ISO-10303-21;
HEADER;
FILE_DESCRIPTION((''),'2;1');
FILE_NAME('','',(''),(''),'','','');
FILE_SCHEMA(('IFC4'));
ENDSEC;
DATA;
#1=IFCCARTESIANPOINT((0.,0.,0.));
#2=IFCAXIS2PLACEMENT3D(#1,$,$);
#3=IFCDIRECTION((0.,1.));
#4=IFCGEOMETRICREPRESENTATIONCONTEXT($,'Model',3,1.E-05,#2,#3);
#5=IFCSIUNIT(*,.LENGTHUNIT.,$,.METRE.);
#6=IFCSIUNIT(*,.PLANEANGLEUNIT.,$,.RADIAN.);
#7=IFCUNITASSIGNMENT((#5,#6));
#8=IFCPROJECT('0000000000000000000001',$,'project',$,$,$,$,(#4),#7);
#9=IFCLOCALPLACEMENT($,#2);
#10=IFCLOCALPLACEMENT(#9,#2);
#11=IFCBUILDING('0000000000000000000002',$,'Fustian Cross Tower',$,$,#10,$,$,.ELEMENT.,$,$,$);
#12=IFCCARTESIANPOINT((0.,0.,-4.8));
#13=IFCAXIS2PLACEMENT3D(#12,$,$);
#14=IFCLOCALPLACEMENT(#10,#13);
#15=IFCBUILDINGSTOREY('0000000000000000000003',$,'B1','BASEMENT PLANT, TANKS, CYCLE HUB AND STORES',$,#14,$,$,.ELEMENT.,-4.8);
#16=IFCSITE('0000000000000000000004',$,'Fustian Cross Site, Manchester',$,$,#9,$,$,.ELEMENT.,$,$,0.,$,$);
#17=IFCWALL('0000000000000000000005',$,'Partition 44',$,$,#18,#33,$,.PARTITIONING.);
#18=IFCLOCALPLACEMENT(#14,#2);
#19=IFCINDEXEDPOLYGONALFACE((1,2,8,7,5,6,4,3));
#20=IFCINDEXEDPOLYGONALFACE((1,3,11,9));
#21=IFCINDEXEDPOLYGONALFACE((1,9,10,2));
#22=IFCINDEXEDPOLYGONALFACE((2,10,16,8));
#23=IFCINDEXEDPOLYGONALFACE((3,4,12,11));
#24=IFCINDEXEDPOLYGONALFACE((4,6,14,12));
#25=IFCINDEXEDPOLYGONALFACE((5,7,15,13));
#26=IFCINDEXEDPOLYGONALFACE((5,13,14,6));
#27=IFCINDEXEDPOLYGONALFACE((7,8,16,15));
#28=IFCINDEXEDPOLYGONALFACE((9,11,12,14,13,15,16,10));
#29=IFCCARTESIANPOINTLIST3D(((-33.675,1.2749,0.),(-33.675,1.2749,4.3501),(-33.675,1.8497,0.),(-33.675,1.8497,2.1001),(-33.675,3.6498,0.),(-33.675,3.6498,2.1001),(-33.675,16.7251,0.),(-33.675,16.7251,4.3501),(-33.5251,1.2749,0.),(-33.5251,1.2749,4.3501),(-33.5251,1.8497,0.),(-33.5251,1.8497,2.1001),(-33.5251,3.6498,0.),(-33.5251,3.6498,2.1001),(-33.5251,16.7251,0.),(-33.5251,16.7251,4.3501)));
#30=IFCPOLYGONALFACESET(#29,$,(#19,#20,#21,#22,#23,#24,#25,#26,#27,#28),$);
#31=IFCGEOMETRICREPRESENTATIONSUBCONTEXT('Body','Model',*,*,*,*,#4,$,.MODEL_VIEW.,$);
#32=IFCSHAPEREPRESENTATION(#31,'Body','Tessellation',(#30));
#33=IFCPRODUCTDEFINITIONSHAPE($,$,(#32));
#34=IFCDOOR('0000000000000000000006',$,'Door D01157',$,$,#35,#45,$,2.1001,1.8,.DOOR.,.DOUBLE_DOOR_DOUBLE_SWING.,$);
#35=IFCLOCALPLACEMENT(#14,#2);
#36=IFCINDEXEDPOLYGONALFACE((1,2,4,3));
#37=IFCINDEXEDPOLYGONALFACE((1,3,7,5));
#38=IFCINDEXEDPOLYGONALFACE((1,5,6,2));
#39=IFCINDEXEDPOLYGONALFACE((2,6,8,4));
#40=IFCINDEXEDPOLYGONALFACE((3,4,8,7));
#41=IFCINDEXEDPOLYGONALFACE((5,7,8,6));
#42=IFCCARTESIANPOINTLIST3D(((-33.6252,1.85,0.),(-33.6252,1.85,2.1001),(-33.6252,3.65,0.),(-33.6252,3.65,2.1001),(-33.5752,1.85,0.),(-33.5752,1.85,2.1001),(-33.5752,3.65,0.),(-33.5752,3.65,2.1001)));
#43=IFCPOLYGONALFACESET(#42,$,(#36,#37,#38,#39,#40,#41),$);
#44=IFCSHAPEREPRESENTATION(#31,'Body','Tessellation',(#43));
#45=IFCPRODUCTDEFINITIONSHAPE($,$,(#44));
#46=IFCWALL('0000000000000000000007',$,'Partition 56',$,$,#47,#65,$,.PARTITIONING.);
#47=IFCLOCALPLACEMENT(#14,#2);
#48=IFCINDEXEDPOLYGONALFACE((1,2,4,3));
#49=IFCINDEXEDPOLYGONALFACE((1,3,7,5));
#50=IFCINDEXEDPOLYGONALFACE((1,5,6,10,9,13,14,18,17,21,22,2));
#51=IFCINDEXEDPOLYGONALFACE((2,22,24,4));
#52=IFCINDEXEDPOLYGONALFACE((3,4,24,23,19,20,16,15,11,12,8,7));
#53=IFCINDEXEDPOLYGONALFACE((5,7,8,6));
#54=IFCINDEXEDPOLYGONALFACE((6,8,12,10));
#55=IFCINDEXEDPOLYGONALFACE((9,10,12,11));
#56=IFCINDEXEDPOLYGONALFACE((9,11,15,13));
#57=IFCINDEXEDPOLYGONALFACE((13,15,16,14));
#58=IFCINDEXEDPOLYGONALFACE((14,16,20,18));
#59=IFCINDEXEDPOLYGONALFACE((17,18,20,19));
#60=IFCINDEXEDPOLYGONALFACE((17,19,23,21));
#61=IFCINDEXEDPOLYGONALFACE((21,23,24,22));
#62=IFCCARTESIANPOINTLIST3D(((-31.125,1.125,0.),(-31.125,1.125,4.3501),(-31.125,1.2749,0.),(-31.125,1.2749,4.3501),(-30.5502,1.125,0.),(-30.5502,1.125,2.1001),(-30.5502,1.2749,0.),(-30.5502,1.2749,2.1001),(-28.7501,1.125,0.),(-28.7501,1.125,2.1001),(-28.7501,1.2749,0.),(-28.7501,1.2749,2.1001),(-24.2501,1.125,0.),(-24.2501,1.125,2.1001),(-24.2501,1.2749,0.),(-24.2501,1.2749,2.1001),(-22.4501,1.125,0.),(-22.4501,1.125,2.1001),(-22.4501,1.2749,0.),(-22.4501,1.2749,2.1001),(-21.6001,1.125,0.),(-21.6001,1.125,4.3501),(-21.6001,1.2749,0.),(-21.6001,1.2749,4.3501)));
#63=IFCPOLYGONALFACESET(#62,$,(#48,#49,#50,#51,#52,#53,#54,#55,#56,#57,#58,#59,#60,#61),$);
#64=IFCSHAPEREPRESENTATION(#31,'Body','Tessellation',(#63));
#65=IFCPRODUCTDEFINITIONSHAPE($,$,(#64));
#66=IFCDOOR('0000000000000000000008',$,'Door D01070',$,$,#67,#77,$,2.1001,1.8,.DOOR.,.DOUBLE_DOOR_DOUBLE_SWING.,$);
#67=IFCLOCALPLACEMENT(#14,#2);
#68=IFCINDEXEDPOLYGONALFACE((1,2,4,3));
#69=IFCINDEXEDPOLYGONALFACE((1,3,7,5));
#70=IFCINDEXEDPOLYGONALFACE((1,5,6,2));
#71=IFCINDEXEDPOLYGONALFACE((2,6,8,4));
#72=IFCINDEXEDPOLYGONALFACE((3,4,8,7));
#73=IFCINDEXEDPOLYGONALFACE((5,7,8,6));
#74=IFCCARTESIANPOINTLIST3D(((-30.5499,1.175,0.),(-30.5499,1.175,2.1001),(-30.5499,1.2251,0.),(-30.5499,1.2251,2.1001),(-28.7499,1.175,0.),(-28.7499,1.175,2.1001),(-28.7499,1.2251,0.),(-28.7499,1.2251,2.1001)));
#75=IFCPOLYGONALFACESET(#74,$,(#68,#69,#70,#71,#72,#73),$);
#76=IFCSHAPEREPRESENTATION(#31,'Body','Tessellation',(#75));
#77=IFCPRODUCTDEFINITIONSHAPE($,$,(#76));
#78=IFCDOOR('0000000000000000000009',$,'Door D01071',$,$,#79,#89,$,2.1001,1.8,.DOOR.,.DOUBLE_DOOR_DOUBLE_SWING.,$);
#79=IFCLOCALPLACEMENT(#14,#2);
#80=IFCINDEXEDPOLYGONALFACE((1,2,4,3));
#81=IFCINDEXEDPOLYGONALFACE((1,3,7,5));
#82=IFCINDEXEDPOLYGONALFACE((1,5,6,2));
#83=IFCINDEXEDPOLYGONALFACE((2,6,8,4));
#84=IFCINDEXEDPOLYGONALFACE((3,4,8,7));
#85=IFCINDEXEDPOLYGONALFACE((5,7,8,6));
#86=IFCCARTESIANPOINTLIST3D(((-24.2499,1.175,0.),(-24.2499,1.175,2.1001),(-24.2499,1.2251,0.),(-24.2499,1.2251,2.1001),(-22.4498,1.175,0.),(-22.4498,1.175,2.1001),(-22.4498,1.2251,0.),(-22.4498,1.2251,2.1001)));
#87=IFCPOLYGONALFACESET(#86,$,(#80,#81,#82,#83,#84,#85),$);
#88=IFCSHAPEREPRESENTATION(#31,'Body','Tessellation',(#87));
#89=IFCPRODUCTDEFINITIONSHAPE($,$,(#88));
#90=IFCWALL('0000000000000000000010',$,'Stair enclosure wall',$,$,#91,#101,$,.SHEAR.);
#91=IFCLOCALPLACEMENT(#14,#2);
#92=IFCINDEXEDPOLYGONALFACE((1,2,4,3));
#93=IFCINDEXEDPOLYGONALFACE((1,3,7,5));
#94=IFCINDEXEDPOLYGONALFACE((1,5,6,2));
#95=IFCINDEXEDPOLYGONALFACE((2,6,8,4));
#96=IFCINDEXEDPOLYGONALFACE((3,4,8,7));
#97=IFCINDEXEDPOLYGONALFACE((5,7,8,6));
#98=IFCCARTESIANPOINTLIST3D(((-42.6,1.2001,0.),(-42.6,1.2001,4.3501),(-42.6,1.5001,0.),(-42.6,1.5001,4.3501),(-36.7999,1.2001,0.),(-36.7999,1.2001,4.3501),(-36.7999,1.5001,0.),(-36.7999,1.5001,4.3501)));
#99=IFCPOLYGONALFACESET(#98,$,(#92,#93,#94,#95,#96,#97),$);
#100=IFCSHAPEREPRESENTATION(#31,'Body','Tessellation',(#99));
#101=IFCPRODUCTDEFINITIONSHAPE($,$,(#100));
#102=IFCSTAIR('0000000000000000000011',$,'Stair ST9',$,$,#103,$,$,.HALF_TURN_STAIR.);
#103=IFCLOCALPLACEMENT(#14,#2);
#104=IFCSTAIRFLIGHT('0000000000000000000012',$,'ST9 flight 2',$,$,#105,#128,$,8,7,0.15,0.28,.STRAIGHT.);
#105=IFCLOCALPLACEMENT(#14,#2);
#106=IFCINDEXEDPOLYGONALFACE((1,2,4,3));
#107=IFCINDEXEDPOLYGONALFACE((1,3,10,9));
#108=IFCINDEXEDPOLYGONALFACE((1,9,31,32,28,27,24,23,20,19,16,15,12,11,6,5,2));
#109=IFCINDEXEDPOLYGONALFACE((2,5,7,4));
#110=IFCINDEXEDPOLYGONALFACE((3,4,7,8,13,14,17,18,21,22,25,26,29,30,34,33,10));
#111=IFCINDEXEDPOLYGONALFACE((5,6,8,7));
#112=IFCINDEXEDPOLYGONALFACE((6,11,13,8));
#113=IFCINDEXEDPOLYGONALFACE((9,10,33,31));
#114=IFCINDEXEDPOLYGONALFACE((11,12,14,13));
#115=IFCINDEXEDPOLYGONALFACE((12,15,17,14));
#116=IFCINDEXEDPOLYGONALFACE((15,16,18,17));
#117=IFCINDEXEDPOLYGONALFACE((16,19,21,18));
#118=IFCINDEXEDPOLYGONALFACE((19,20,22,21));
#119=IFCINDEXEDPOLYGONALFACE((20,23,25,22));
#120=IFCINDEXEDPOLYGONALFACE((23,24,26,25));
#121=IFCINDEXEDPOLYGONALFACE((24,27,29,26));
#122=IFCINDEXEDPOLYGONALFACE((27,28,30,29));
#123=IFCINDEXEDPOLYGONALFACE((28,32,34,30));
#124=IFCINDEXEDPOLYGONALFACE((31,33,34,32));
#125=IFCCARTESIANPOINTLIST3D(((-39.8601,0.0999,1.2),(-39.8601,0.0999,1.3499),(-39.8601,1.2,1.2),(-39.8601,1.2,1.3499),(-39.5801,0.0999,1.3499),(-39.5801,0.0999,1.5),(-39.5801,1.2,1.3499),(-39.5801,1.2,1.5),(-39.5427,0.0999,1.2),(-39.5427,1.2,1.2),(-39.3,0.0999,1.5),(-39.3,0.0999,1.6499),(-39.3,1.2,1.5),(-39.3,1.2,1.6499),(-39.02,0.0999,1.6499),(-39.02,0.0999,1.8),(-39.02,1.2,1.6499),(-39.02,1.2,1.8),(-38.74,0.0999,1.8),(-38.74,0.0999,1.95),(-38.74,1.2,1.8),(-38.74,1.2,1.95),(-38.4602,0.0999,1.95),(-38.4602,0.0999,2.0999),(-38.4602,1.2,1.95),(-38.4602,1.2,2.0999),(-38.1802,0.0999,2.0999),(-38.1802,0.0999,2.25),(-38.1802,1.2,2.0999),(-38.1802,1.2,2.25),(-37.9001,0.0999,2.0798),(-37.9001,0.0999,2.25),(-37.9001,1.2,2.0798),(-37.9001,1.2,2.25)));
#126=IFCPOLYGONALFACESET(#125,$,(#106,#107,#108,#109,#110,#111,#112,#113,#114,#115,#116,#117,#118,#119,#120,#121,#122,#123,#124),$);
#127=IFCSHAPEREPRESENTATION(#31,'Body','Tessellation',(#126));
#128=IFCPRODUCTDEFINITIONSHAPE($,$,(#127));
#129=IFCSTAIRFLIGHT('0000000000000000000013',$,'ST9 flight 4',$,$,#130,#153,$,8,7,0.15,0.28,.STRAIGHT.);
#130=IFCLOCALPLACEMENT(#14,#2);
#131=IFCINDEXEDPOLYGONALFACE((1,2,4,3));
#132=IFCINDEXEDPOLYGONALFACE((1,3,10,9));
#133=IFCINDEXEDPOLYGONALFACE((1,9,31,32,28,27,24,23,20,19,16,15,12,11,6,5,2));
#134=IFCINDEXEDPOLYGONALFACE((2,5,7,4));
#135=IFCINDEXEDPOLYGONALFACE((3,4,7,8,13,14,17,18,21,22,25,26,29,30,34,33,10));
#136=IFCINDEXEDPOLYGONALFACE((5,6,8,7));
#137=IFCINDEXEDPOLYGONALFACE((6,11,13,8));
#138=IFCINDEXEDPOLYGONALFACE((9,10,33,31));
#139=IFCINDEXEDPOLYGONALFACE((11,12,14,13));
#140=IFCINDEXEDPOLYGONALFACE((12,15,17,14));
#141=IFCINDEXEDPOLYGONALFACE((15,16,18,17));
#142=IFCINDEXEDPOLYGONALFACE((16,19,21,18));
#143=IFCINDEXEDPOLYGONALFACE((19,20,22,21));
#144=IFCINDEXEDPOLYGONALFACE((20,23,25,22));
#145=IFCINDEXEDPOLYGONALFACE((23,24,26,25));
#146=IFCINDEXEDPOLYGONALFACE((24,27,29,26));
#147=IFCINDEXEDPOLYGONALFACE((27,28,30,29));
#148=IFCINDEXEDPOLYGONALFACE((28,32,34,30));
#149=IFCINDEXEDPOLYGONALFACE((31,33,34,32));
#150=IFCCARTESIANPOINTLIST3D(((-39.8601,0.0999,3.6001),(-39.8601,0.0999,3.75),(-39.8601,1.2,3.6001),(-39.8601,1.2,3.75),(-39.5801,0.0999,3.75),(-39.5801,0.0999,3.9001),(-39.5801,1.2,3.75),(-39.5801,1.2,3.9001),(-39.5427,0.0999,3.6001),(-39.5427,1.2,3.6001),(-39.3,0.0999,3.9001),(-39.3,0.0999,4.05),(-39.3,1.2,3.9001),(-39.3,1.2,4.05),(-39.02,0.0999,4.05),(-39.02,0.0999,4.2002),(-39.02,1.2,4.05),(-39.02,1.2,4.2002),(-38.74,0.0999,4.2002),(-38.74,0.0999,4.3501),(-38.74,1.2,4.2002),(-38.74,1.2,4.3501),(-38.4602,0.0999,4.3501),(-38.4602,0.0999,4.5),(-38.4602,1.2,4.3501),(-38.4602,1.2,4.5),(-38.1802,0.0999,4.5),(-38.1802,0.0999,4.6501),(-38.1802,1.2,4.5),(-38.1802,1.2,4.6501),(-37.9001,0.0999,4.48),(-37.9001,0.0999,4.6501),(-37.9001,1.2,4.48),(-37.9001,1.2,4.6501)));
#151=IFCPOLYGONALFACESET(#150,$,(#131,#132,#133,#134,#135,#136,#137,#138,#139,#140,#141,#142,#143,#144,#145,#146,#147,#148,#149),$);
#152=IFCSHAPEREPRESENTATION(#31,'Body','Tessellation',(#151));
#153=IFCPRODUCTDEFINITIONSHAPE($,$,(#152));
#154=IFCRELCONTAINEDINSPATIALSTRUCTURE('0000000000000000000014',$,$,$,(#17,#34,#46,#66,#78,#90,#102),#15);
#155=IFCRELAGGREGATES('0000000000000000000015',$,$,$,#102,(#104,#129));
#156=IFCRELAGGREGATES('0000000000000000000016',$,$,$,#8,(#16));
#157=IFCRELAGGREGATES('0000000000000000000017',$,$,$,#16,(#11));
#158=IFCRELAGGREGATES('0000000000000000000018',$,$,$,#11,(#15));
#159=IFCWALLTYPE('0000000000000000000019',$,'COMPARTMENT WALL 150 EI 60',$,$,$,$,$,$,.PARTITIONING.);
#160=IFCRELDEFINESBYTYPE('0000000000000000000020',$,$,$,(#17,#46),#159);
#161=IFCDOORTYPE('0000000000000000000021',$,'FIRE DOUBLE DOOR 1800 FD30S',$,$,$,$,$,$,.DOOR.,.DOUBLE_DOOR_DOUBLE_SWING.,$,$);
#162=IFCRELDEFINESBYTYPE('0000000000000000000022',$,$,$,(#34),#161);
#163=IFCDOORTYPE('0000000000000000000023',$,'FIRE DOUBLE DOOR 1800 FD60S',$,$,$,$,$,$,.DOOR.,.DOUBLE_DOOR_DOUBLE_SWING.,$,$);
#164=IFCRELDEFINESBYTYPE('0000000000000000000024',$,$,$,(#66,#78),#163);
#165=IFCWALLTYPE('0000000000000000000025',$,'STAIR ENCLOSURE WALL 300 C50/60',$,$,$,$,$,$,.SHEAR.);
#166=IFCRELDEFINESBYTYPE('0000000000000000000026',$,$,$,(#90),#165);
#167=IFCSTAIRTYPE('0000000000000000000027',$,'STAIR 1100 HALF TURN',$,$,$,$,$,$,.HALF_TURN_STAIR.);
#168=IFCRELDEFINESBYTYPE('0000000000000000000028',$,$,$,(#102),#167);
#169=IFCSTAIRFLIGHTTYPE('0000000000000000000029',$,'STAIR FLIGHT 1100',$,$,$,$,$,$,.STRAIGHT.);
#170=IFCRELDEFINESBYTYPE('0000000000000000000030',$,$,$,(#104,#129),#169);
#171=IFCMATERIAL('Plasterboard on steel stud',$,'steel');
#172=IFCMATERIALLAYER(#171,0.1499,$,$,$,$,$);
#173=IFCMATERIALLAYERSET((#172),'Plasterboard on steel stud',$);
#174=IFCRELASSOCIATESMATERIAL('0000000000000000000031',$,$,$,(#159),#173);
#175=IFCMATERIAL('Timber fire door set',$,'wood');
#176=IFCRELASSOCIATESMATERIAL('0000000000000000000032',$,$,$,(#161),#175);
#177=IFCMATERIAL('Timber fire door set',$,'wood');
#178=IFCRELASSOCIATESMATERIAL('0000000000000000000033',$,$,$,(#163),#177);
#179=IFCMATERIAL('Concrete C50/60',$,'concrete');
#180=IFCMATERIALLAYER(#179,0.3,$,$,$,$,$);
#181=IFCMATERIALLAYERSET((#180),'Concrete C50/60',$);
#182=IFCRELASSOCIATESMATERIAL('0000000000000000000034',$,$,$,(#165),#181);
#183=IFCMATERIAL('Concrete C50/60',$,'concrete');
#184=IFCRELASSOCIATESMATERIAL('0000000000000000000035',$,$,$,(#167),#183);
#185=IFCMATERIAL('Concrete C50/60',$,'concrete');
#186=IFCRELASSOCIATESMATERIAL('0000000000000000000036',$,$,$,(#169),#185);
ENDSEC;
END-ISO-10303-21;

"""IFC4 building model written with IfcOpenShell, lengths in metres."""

from ifc_helpers import new_model, si_unit, direction, frame, frame_2d, origin, place, context, subcontext, project, spatial, polyline, rectangle, outline, extrude, material, layer, layer_set, type_object, element, fill, aggregate, save


model = new_model("IFC4")

# Units and contexts
model_context = context("Model", 3, precision=1e-05, world=origin(), true_north=direction((0.0, 1.0)))
body_context = subcontext(model_context, "Body", "Model", "MODEL_VIEW")
ifc_project = project(units=[si_unit("LENGTHUNIT", "METRE"), si_unit("PLANEANGLEUNIT", "RADIAN")], contexts=[model_context])

# Site, building, storey
site_placement = place(None, origin())
site = spatial("IfcSite", under=ifc_project, at=site_placement, Name="Fustian Cross Site, Manchester", CompositionType="ELEMENT", RefElevation=0.0)
building_placement = place(site_placement, origin())
building = spatial("IfcBuilding", under=site, at=building_placement, Name="Fustian Cross Tower", CompositionType="ELEMENT")
storey_placement = place(building_placement, frame((0.0, 0.0, -4.8)))
storey = spatial("IfcBuildingStorey", under=building, at=storey_placement, Name="B1", Description="BASEMENT PLANT, TANKS, CYCLE HUB AND STORES", CompositionType="ELEMENT", Elevation=-4.8)

# Shared definitions
ifc_material_1 = material(Name="Plasterboard on steel stud", Category="steel")
ifc_layer_1 = layer(ifc_material_1, 0.1499)
ifc_layer_set_1 = layer_set([ifc_layer_1], Name="Plasterboard on steel stud")
wall_type_1 = type_object("IfcWallType", Name="COMPARTMENT WALL 150 EI 60", PredefinedType="PARTITIONING", material=ifc_layer_set_1)

# Wall, opening, door
wall_1_placement = place(storey_placement, frame((-33.6001, 1.2749, 0.0), z_axis=(0.0, 0.0, 1.0), x_axis=(0.0, 1.0, 0.0)))
wall_1 = element("IfcWall", 1, at=wall_1_placement, inside=storey, type_object=wall_type_1, Name="Partition 44", PredefinedType="PARTITIONING", context=body_context, shape_type="SweptSolid", body=[
    extrude(rectangle(XDim=15.4502, YDim=0.1499, at=frame_2d((7.7251, 0.0))), origin(), (0.0, 0.0, 1.0), 4.3501),
])
opening_1_placement = place(wall_1_placement, frame((0.575, 0.0, 0.0)))
opening_1 = element("IfcOpeningElement", 2, at=opening_1_placement, cuts=wall_1, PredefinedType="OPENING", context=body_context, shape_type="SweptSolid", body=[
    extrude(rectangle(XDim=1.8, YDim=2.1001, at=frame_2d((0.8999, 1.05))), frame((0.0, 0.085, 0.0), z_axis=(0.0, -1.0, 0.0), x_axis=(1.0, 0.0, 0.0)), (0.0, 0.0, 1.0), 0.1699),
])
ifc_material_2 = material(Name="Timber fire door set", Category="wood")
door_type_1 = type_object("IfcDoorType", Name="FIRE DOUBLE DOOR 1800 FD30S", OperationType="DOUBLE_DOOR_DOUBLE_SWING", PredefinedType="DOOR", material=ifc_material_2)
door_1_placement = place(opening_1_placement, frame((1.8, 0.0, 0.0), z_axis=(0.0, 0.0, 1.0), x_axis=(-1.0, 0.0, 0.0)))
door_1 = element("IfcDoor", 3, at=door_1_placement, inside=storey, type_object=door_type_1, Name="Door D01157", OperationType="DOUBLE_DOOR_DOUBLE_SWING", OverallHeight=2.1001, OverallWidth=1.8, PredefinedType="DOOR", context=body_context, shape_type="SweptSolid", body=[
    extrude(rectangle(XDim=1.8, YDim=2.1001, at=frame_2d((0.8999, 1.05))), frame((0.0, 0.0249, 0.0), z_axis=(0.0, -1.0, 0.0), x_axis=(1.0, 0.0, 0.0)), (0.0, 0.0, 1.0), 0.05),
])
fill(opening_1, door_1)

# Wall, openings, doors
wall_2_placement = place(storey_placement, frame((-31.125, 1.2, 0.0), z_axis=(0.0, 0.0, 1.0), x_axis=(1.0, 0.0, 0.0)))
wall_2 = element("IfcWall", 4, at=wall_2_placement, inside=storey, type_object=wall_type_1, Name="Partition 56", PredefinedType="PARTITIONING", context=body_context, shape_type="SweptSolid", body=[
    extrude(rectangle(XDim=9.5249, YDim=0.1499, at=frame_2d((4.7625, 0.0))), origin(), (0.0, 0.0, 1.0), 4.3501),
])
opening_2_placement = place(wall_2_placement, frame((0.575, 0.0, 0.0)))
opening_2 = element("IfcOpeningElement", 5, at=opening_2_placement, cuts=wall_2, PredefinedType="OPENING", context=body_context, shape_type="SweptSolid", body=[
    extrude(rectangle(XDim=1.8, YDim=2.1001, at=frame_2d((0.8999, 1.05))), frame((0.0, 0.085, 0.0), z_axis=(0.0, -1.0, 0.0), x_axis=(1.0, 0.0, 0.0)), (0.0, 0.0, 1.0), 0.1699),
])
opening_3_placement = place(wall_2_placement, frame((6.875, 0.0, 0.0)))
opening_3 = element("IfcOpeningElement", 6, at=opening_3_placement, cuts=wall_2, PredefinedType="OPENING", context=body_context, shape_type="SweptSolid", body=[
    extrude(rectangle(XDim=1.8, YDim=2.1001, at=frame_2d((0.8999, 1.05))), frame((0.0, 0.085, 0.0), z_axis=(0.0, -1.0, 0.0), x_axis=(1.0, 0.0, 0.0)), (0.0, 0.0, 1.0), 0.1699),
])
ifc_material_3 = material(Name="Timber fire door set", Category="wood")
door_type_2 = type_object("IfcDoorType", Name="FIRE DOUBLE DOOR 1800 FD60S", OperationType="DOUBLE_DOOR_DOUBLE_SWING", PredefinedType="DOOR", material=ifc_material_3)
door_2_placement = place(opening_2_placement, frame((1.8, 0.0, 0.0), z_axis=(0.0, 0.0, 1.0), x_axis=(-1.0, 0.0, 0.0)))
door_2 = element("IfcDoor", 7, at=door_2_placement, inside=storey, type_object=door_type_2, Name="Door D01070", OperationType="DOUBLE_DOOR_DOUBLE_SWING", OverallHeight=2.1001, OverallWidth=1.8, PredefinedType="DOOR", context=body_context, shape_type="SweptSolid", body=[
    extrude(rectangle(XDim=1.8, YDim=2.1001, at=frame_2d((0.8999, 1.05))), frame((0.0, 0.0249, 0.0), z_axis=(0.0, -1.0, 0.0), x_axis=(1.0, 0.0, 0.0)), (0.0, 0.0, 1.0), 0.05),
])
fill(opening_2, door_2)
door_3_placement = place(opening_3_placement, frame((1.8, 0.0, 0.0), z_axis=(0.0, 0.0, 1.0), x_axis=(-1.0, 0.0, 0.0)))
door_3 = element("IfcDoor", 8, at=door_3_placement, inside=storey, type_object=door_type_2, Name="Door D01071", OperationType="DOUBLE_DOOR_DOUBLE_SWING", OverallHeight=2.1001, OverallWidth=1.8, PredefinedType="DOOR", context=body_context, shape_type="SweptSolid", body=[
    extrude(rectangle(XDim=1.8, YDim=2.1001, at=frame_2d((0.8999, 1.05))), frame((0.0, 0.0249, 0.0), z_axis=(0.0, -1.0, 0.0), x_axis=(1.0, 0.0, 0.0)), (0.0, 0.0, 1.0), 0.05),
])
fill(opening_3, door_3)

# Wall
ifc_material_4 = material(Name="Concrete C50/60", Category="concrete")
ifc_layer_2 = layer(ifc_material_4, 0.3)
ifc_layer_set_2 = layer_set([ifc_layer_2], Name="Concrete C50/60")
wall_type_2 = type_object("IfcWallType", Name="STAIR ENCLOSURE WALL 300 C50/60", PredefinedType="SHEAR", material=ifc_layer_set_2)
wall_3_placement = place(storey_placement, frame((-36.8, 1.3501, 0.0), z_axis=(0.0, 0.0, 1.0), x_axis=(-1.0, 0.0, 0.0)))
element("IfcWall", 9, at=wall_3_placement, inside=storey, type_object=wall_type_2, Name="Stair enclosure wall", PredefinedType="SHEAR", context=body_context, shape_type="SweptSolid", body=[
    extrude(rectangle(XDim=5.8, YDim=0.3, at=frame_2d((2.8999, 0.0))), origin(), (0.0, 0.0, 1.0), 4.3501),
])

# Stair, stair flights
ifc_material_5 = material(Name="Concrete C50/60", Category="concrete")
stair_type = type_object("IfcStairType", Name="STAIR 1100 HALF TURN", PredefinedType="HALF_TURN_STAIR", material=ifc_material_5)
stair_placement = place(storey_placement, origin())
stair = element("IfcStair", 10, at=stair_placement, inside=storey, type_object=stair_type, Name="Stair ST9", PredefinedType="HALF_TURN_STAIR")
ifc_material_6 = material(Name="Concrete C50/60", Category="concrete")
stair_flight_type = type_object("IfcStairFlightType", Name="STAIR FLIGHT 1100", PredefinedType="STRAIGHT", material=ifc_material_6)
stair_flight_1_placement = place(storey_placement, frame((-39.8601, 0.6499, 1.2), z_axis=(0.0, 0.0, 1.0), x_axis=(1.0, 0.0, 0.0)))
stair_flight_1 = element("IfcStairFlight", 11, at=stair_flight_1_placement, type_object=stair_flight_type, Name="ST9 flight 2", NumberOfRisers=8, NumberOfTreads=7, PredefinedType="STRAIGHT", RiserHeight=0.15, TreadLength=0.28, context=body_context, shape_type="SweptSolid", body=[
    extrude(outline(polyline([(0.0, 0.0), (0.0, 0.1499), (0.28, 0.1499), (0.28, 0.3), (0.5601, 0.3), (0.5601, 0.45), (0.8401, 0.45), (0.8401, 0.6001), (1.1201, 0.6001), (1.1201, 0.75), (1.3999, 0.75), (1.3999, 0.8999), (1.6799, 0.8999), (1.6799, 1.05), (1.96, 1.05), (1.96, 1.2), (1.96, 0.8799), (0.3174, 0.0), (0.0, 0.0)])), frame((0.0, 0.55, 0.0), z_axis=(0.0, -1.0, 0.0), x_axis=(1.0, 0.0, 0.0)), (0.0, 0.0, 1.0), 1.1001),
])
stair_flight_2_placement = place(storey_placement, frame((-39.8601, 0.6499, 3.6001), z_axis=(0.0, 0.0, 1.0), x_axis=(1.0, 0.0, 0.0)))
stair_flight_2 = element("IfcStairFlight", 12, at=stair_flight_2_placement, type_object=stair_flight_type, Name="ST9 flight 4", NumberOfRisers=8, NumberOfTreads=7, PredefinedType="STRAIGHT", RiserHeight=0.15, TreadLength=0.28, context=body_context, shape_type="SweptSolid", body=[
    extrude(outline(polyline([(0.0, 0.0), (0.0, 0.1499), (0.28, 0.1499), (0.28, 0.3), (0.5601, 0.3), (0.5601, 0.45), (0.8401, 0.45), (0.8401, 0.6001), (1.1201, 0.6001), (1.1201, 0.75), (1.3999, 0.75), (1.3999, 0.8999), (1.6799, 0.8999), (1.6799, 1.05), (1.96, 1.05), (1.96, 1.2), (1.96, 0.8799), (0.3174, 0.0), (0.0, 0.0)])), frame((0.0, 0.55, 0.0), z_axis=(0.0, -1.0, 0.0), x_axis=(1.0, 0.0, 0.0)), (0.0, 0.0, 1.0), 1.1001),
])
aggregate(stair, [stair_flight_1, stair_flight_2])

save(model, "model.ifc")
